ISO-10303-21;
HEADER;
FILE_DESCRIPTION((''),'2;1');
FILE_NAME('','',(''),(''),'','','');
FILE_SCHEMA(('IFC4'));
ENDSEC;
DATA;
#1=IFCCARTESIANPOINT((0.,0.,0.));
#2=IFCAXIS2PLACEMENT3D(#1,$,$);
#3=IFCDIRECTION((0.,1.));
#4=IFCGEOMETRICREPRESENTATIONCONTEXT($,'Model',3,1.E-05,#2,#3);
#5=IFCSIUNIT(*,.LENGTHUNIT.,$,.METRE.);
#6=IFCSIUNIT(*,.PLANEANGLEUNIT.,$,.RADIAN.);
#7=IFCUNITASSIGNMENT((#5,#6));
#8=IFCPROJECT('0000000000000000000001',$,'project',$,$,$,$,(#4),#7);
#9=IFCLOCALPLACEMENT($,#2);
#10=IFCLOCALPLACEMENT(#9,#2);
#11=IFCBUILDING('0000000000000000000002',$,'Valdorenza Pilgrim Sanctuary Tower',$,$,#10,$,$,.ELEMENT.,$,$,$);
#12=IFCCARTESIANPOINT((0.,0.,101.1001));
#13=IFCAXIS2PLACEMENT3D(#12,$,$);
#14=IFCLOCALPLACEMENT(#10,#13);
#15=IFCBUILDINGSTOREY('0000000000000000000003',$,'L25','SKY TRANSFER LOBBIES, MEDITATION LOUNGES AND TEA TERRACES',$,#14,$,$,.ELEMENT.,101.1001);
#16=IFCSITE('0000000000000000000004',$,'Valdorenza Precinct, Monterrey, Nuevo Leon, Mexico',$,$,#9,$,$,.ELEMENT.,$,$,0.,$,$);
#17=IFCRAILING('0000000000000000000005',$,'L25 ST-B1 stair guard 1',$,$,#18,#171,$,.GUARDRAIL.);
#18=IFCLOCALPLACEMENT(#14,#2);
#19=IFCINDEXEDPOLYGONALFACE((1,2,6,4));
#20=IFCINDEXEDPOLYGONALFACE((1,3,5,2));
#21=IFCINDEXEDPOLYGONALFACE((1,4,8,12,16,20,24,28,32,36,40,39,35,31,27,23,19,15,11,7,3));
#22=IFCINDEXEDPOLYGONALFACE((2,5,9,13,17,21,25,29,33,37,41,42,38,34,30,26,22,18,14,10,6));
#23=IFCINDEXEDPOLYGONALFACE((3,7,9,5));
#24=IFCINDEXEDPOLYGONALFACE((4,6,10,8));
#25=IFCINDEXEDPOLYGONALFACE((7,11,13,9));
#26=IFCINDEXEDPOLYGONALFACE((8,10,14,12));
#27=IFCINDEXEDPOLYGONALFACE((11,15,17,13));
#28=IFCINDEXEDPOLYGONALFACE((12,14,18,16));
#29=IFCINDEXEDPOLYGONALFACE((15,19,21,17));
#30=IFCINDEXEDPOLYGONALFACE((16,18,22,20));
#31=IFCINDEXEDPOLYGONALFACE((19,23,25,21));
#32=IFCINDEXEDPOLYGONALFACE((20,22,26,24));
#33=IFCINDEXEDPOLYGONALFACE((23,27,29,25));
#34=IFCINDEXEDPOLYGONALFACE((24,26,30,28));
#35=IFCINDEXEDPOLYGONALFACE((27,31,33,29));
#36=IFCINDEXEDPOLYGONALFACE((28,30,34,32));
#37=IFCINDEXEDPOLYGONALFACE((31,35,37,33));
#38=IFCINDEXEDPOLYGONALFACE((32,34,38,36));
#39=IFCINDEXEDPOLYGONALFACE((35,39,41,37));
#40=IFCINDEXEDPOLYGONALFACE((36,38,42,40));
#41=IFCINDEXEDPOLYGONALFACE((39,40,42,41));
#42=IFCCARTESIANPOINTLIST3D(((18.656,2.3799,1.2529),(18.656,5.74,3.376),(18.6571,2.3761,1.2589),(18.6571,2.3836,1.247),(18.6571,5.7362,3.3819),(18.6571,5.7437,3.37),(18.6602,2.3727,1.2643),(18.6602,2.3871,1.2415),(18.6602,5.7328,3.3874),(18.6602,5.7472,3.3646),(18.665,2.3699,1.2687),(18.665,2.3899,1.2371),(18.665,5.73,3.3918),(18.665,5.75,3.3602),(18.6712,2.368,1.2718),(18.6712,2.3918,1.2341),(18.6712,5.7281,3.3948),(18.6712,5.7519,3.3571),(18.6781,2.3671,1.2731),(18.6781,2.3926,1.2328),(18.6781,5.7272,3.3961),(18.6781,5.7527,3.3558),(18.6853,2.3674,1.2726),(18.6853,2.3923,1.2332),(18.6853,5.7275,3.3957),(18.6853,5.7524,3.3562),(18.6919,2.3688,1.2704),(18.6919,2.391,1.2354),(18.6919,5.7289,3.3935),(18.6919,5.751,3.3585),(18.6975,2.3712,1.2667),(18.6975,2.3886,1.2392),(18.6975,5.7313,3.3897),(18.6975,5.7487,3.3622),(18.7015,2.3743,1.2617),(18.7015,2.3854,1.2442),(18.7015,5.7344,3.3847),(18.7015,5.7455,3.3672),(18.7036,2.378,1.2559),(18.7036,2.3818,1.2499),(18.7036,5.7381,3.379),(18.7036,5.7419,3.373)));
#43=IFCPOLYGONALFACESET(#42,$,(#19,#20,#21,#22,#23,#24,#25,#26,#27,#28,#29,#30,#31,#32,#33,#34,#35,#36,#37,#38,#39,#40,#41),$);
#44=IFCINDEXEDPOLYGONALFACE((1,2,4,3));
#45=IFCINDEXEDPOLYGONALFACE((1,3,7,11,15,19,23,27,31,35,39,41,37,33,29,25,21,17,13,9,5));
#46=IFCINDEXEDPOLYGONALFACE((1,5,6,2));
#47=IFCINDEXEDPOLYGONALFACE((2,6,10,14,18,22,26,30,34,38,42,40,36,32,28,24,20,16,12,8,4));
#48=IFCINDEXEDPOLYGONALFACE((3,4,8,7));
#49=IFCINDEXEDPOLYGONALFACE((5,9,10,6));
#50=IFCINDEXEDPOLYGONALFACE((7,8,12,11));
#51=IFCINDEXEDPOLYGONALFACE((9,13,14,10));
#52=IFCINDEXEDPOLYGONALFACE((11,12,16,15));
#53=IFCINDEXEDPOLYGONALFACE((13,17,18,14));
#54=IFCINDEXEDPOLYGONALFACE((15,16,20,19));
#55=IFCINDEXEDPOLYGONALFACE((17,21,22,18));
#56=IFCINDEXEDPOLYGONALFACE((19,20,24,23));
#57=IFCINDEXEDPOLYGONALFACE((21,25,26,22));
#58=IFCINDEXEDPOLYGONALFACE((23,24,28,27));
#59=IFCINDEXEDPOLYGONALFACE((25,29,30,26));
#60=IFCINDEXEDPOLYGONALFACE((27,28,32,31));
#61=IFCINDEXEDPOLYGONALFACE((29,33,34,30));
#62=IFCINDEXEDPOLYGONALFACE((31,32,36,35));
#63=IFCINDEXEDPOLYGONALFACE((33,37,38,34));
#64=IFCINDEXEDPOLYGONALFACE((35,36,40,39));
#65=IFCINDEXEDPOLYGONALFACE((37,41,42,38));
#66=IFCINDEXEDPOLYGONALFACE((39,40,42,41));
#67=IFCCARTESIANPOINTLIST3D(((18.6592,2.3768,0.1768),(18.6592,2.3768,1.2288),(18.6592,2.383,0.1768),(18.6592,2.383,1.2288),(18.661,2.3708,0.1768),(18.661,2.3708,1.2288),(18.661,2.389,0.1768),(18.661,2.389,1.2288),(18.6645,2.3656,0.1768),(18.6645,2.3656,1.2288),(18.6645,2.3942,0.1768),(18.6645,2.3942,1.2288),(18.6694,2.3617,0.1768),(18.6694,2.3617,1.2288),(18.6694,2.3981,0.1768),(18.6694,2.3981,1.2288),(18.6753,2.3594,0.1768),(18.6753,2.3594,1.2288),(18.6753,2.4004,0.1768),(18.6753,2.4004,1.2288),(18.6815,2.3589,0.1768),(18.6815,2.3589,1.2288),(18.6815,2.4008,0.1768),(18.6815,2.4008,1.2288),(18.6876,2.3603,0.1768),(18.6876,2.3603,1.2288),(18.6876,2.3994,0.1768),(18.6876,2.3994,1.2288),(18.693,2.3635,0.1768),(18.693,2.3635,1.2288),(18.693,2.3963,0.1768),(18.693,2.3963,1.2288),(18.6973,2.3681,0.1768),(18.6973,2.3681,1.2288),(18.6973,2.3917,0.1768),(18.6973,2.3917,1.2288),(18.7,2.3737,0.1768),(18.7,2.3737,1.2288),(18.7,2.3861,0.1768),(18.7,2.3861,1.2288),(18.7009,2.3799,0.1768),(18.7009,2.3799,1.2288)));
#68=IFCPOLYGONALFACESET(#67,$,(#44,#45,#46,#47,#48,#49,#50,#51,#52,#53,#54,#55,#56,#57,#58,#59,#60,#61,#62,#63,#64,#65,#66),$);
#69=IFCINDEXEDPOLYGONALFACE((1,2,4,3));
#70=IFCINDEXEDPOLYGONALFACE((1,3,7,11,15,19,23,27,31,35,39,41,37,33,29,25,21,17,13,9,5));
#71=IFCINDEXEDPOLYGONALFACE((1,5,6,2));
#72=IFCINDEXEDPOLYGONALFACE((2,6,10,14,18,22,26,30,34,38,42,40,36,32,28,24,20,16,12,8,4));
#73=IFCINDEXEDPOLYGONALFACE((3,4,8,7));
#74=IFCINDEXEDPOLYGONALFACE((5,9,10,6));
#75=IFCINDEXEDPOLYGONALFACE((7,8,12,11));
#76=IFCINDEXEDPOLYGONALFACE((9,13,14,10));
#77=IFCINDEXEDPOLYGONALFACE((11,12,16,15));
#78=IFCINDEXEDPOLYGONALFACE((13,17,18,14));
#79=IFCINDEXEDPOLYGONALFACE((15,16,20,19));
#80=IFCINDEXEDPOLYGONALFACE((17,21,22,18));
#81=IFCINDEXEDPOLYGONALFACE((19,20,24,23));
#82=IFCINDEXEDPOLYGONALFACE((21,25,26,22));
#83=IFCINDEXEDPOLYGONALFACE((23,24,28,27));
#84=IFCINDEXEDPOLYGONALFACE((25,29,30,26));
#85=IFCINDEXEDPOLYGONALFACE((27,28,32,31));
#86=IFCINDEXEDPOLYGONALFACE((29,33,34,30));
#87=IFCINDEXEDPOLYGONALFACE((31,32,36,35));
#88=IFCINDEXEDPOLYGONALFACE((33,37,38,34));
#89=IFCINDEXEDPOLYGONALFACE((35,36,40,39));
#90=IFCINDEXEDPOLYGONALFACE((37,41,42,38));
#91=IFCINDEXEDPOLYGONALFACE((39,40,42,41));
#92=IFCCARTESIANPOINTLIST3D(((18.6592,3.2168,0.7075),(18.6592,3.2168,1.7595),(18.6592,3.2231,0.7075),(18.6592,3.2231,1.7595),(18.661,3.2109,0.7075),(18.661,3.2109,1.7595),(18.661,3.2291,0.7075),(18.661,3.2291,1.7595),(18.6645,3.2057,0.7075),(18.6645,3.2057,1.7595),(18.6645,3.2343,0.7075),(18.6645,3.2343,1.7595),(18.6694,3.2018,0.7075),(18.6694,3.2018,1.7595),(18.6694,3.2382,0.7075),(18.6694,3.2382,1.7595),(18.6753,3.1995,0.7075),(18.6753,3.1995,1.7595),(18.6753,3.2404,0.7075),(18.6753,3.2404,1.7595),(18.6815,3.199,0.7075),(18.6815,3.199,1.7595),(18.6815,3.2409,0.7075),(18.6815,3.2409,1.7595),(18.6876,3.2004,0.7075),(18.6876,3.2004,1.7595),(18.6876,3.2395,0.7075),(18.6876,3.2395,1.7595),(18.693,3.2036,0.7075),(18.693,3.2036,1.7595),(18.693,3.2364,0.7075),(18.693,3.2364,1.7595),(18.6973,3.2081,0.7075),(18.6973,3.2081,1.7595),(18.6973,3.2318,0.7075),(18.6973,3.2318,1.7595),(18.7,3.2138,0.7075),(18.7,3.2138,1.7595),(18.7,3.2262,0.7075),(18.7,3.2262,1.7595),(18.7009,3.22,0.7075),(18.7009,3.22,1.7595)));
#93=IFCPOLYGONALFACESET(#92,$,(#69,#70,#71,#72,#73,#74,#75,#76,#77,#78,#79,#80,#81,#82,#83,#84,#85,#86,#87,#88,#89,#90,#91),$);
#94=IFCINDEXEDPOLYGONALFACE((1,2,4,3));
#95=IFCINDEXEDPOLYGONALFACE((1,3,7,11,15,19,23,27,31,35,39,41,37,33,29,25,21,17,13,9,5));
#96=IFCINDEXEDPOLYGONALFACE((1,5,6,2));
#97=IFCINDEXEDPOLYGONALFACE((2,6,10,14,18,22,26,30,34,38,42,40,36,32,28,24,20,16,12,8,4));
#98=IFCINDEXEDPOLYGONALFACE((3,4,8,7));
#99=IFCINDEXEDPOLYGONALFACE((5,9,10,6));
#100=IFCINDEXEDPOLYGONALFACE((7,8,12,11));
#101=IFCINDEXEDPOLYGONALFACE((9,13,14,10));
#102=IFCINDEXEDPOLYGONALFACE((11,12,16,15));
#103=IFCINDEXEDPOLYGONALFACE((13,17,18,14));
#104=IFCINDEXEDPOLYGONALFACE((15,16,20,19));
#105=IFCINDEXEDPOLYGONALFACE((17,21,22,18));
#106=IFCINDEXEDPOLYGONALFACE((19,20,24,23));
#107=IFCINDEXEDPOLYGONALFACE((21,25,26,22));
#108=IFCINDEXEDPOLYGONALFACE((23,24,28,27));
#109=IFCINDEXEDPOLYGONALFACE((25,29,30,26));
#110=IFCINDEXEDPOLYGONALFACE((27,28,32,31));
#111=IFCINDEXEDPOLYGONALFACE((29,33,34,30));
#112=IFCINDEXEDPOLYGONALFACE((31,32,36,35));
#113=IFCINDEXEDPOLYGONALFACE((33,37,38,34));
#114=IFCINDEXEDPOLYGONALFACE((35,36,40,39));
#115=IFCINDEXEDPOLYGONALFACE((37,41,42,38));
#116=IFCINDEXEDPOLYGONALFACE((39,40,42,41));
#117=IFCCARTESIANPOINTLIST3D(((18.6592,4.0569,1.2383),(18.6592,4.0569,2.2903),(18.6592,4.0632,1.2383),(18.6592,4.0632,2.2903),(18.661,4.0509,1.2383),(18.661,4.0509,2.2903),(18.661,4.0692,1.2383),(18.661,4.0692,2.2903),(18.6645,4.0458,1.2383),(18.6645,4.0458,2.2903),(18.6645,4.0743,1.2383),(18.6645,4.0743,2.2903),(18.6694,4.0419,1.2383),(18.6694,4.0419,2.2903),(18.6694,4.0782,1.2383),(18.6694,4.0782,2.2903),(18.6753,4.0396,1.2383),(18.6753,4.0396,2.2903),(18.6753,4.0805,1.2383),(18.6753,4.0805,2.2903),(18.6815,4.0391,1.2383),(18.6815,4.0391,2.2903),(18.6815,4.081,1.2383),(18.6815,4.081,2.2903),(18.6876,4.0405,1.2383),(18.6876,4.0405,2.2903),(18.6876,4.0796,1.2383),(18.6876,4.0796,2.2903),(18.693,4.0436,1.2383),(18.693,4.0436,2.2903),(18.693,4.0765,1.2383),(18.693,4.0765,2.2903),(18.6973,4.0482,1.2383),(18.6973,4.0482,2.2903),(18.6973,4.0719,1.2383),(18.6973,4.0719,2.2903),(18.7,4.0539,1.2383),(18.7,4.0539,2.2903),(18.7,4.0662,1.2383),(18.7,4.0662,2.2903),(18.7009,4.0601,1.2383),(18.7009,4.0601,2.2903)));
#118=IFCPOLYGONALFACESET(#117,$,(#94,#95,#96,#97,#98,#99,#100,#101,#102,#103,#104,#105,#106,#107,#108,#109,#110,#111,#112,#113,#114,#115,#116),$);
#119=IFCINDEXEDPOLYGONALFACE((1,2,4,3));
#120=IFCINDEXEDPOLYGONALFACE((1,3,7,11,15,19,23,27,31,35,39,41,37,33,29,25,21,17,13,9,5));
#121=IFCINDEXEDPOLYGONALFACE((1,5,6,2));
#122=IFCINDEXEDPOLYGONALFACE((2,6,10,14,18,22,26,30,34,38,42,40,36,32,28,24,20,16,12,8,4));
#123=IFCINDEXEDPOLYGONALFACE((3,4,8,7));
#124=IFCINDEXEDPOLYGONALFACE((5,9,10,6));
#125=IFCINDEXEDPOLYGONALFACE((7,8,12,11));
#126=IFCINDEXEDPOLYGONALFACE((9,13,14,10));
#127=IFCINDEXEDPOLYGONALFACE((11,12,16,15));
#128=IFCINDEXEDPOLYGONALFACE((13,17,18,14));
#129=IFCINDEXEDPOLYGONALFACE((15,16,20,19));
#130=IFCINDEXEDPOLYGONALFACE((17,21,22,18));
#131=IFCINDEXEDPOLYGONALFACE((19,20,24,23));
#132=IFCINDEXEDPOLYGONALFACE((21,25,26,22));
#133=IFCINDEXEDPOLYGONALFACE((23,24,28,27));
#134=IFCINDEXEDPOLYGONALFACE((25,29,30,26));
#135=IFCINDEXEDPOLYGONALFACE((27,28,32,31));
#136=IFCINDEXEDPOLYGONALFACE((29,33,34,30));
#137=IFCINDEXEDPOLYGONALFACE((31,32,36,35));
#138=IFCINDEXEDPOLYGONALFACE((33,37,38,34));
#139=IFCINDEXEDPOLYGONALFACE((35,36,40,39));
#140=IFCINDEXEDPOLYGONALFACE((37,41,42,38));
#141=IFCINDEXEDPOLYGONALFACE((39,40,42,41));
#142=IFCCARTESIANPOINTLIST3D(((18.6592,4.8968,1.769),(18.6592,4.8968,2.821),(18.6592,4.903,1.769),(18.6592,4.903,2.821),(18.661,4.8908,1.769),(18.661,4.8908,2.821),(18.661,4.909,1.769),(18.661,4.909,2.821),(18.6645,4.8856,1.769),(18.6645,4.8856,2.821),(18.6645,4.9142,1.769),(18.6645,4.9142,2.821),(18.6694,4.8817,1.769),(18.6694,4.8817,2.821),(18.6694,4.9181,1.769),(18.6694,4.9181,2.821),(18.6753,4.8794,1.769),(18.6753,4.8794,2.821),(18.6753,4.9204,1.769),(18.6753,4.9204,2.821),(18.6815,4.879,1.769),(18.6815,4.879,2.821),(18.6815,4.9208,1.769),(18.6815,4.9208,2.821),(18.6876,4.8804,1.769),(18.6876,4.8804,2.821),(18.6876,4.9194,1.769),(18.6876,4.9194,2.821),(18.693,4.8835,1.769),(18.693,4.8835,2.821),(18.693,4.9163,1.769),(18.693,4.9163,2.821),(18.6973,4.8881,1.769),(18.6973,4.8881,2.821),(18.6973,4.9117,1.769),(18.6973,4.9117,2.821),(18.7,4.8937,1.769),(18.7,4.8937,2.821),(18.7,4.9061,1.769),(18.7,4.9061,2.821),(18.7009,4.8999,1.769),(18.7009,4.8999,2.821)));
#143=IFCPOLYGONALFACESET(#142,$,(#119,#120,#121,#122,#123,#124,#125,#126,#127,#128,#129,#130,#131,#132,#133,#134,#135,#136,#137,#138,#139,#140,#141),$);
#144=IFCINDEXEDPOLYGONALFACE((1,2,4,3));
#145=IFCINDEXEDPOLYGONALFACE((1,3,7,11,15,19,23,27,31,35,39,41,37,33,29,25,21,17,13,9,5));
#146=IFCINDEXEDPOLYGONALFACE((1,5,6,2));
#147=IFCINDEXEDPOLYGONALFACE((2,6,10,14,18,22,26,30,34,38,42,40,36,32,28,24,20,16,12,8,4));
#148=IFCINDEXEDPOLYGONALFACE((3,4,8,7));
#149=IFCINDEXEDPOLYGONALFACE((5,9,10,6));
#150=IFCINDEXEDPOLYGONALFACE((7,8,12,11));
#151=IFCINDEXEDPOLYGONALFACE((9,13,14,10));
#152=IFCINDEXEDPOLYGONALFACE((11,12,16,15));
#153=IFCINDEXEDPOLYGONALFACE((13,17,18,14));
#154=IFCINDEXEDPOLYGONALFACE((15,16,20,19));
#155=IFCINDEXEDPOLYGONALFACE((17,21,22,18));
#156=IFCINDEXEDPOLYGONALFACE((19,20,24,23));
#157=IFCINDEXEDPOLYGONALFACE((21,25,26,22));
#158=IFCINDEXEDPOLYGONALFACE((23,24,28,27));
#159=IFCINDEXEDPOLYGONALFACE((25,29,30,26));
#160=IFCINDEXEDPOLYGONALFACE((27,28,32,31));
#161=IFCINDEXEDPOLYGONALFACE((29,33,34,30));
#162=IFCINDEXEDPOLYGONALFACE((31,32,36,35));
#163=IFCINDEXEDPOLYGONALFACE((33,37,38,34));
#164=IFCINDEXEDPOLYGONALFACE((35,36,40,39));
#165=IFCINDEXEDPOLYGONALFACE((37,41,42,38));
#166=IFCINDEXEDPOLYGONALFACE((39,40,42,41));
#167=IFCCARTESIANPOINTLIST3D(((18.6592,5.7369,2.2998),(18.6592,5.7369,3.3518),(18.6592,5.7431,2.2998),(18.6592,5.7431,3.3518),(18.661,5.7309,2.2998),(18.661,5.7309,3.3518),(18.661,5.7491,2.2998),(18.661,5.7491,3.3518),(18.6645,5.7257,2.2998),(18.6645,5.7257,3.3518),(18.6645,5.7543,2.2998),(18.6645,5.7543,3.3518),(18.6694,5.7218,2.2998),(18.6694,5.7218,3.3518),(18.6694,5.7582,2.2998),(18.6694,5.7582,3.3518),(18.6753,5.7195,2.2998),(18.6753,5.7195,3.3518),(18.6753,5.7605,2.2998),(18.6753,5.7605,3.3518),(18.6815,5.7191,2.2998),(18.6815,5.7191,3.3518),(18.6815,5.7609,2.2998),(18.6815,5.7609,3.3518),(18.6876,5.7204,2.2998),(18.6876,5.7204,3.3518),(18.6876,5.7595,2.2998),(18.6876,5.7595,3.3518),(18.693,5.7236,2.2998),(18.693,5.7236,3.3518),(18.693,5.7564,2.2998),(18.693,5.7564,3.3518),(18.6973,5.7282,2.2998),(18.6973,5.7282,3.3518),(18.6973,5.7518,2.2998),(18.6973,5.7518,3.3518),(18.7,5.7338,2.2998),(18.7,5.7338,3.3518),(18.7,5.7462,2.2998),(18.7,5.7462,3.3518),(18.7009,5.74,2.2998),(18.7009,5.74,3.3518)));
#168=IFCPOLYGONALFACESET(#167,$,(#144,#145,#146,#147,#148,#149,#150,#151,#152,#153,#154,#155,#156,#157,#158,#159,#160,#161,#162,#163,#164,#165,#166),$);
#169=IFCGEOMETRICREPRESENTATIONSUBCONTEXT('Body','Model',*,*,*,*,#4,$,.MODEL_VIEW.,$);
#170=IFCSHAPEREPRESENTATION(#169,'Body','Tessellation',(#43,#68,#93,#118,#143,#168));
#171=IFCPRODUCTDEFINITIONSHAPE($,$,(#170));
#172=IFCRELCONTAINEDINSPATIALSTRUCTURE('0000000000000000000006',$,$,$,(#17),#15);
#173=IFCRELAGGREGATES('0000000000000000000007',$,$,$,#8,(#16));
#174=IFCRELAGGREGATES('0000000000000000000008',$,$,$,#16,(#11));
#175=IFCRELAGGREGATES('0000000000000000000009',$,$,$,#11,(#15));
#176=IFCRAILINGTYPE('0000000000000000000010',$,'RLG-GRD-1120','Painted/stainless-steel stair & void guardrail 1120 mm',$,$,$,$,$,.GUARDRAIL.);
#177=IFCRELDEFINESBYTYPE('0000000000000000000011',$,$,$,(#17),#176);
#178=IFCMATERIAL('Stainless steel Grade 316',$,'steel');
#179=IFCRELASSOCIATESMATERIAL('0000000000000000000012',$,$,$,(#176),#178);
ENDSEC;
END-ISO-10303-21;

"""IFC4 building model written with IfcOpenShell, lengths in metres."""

from ifc_helpers import new_model, si_unit, direction, frame, origin, origin_2d, place, context, subcontext, project, spatial, circle, extrude, material, type_object, element, save


model = new_model("IFC4")

# Units and contexts
model_context = context("Model", 3, precision=1e-05, world=origin(), true_north=direction((0.0, 1.0)))
body_context = subcontext(model_context, "Body", "Model", "MODEL_VIEW")
ifc_project = project(units=[si_unit("LENGTHUNIT", "METRE"), si_unit("PLANEANGLEUNIT", "RADIAN")], contexts=[model_context])

# Site, building, storey
site_placement = place(None, origin())
site = spatial("IfcSite", under=ifc_project, at=site_placement, Name="Valdorenza Precinct, Monterrey, Nuevo Leon, Mexico", CompositionType="ELEMENT", RefElevation=0.0)
building_placement = place(site_placement, origin())
building = spatial("IfcBuilding", under=site, at=building_placement, Name="Valdorenza Pilgrim Sanctuary Tower", CompositionType="ELEMENT")
storey_placement = place(building_placement, frame((0.0, 0.0, 101.1001)))
storey = spatial("IfcBuildingStorey", under=building, at=storey_placement, Name="L25", Description="SKY TRANSFER LOBBIES, MEDITATION LOUNGES AND TEA TERRACES", CompositionType="ELEMENT", Elevation=101.1001)

# Railing
ifc_material_1 = material(Name="Stainless steel Grade 316", Category="steel")
railing_type_1 = type_object("IfcRailingType", Name="RLG-GRD-1120", Description="Painted/stainless-steel stair & void guardrail 1120 mm", PredefinedType="GUARDRAIL", material=ifc_material_1)
railing_1_placement = place(storey_placement, frame((18.6799, 2.3799, 0.1768)))
element("IfcRailing", 1, at=railing_1_placement, inside=storey, type_object=railing_type_1, Name="L25 ST-B1 stair guard 1", PredefinedType="GUARDRAIL", context=body_context, shape_type="SweptSolid", body=[
    extrude(circle(Radius=0.0239, at=origin_2d()), frame((0.0, 0.0, 1.0762), z_axis=(0.0, 0.84539, 0.53415), x_axis=(-1.0, 0.0, 0.0)), (0.0, 0.0, 1.0), 3.9746),
    extrude(circle(Radius=0.021, at=origin_2d()), origin(), (0.0, 0.0, 1.0), 1.052),
    extrude(circle(Radius=0.021, at=origin_2d()), frame((0.0, 0.8401, 0.5308)), (0.0, 0.0, 1.0), 1.052),
    extrude(circle(Radius=0.021, at=origin_2d()), frame((0.0, 1.6802, 1.0615)), (0.0, 0.0, 1.0), 1.052),
    extrude(circle(Radius=0.021, at=origin_2d()), frame((0.0, 2.52, 1.5923)), (0.0, 0.0, 1.0), 1.052),
    extrude(circle(Radius=0.021, at=origin_2d()), frame((0.0, 3.3601, 2.123)), (0.0, 0.0, 1.0), 1.052),
])

save(model, "model.ifc")
